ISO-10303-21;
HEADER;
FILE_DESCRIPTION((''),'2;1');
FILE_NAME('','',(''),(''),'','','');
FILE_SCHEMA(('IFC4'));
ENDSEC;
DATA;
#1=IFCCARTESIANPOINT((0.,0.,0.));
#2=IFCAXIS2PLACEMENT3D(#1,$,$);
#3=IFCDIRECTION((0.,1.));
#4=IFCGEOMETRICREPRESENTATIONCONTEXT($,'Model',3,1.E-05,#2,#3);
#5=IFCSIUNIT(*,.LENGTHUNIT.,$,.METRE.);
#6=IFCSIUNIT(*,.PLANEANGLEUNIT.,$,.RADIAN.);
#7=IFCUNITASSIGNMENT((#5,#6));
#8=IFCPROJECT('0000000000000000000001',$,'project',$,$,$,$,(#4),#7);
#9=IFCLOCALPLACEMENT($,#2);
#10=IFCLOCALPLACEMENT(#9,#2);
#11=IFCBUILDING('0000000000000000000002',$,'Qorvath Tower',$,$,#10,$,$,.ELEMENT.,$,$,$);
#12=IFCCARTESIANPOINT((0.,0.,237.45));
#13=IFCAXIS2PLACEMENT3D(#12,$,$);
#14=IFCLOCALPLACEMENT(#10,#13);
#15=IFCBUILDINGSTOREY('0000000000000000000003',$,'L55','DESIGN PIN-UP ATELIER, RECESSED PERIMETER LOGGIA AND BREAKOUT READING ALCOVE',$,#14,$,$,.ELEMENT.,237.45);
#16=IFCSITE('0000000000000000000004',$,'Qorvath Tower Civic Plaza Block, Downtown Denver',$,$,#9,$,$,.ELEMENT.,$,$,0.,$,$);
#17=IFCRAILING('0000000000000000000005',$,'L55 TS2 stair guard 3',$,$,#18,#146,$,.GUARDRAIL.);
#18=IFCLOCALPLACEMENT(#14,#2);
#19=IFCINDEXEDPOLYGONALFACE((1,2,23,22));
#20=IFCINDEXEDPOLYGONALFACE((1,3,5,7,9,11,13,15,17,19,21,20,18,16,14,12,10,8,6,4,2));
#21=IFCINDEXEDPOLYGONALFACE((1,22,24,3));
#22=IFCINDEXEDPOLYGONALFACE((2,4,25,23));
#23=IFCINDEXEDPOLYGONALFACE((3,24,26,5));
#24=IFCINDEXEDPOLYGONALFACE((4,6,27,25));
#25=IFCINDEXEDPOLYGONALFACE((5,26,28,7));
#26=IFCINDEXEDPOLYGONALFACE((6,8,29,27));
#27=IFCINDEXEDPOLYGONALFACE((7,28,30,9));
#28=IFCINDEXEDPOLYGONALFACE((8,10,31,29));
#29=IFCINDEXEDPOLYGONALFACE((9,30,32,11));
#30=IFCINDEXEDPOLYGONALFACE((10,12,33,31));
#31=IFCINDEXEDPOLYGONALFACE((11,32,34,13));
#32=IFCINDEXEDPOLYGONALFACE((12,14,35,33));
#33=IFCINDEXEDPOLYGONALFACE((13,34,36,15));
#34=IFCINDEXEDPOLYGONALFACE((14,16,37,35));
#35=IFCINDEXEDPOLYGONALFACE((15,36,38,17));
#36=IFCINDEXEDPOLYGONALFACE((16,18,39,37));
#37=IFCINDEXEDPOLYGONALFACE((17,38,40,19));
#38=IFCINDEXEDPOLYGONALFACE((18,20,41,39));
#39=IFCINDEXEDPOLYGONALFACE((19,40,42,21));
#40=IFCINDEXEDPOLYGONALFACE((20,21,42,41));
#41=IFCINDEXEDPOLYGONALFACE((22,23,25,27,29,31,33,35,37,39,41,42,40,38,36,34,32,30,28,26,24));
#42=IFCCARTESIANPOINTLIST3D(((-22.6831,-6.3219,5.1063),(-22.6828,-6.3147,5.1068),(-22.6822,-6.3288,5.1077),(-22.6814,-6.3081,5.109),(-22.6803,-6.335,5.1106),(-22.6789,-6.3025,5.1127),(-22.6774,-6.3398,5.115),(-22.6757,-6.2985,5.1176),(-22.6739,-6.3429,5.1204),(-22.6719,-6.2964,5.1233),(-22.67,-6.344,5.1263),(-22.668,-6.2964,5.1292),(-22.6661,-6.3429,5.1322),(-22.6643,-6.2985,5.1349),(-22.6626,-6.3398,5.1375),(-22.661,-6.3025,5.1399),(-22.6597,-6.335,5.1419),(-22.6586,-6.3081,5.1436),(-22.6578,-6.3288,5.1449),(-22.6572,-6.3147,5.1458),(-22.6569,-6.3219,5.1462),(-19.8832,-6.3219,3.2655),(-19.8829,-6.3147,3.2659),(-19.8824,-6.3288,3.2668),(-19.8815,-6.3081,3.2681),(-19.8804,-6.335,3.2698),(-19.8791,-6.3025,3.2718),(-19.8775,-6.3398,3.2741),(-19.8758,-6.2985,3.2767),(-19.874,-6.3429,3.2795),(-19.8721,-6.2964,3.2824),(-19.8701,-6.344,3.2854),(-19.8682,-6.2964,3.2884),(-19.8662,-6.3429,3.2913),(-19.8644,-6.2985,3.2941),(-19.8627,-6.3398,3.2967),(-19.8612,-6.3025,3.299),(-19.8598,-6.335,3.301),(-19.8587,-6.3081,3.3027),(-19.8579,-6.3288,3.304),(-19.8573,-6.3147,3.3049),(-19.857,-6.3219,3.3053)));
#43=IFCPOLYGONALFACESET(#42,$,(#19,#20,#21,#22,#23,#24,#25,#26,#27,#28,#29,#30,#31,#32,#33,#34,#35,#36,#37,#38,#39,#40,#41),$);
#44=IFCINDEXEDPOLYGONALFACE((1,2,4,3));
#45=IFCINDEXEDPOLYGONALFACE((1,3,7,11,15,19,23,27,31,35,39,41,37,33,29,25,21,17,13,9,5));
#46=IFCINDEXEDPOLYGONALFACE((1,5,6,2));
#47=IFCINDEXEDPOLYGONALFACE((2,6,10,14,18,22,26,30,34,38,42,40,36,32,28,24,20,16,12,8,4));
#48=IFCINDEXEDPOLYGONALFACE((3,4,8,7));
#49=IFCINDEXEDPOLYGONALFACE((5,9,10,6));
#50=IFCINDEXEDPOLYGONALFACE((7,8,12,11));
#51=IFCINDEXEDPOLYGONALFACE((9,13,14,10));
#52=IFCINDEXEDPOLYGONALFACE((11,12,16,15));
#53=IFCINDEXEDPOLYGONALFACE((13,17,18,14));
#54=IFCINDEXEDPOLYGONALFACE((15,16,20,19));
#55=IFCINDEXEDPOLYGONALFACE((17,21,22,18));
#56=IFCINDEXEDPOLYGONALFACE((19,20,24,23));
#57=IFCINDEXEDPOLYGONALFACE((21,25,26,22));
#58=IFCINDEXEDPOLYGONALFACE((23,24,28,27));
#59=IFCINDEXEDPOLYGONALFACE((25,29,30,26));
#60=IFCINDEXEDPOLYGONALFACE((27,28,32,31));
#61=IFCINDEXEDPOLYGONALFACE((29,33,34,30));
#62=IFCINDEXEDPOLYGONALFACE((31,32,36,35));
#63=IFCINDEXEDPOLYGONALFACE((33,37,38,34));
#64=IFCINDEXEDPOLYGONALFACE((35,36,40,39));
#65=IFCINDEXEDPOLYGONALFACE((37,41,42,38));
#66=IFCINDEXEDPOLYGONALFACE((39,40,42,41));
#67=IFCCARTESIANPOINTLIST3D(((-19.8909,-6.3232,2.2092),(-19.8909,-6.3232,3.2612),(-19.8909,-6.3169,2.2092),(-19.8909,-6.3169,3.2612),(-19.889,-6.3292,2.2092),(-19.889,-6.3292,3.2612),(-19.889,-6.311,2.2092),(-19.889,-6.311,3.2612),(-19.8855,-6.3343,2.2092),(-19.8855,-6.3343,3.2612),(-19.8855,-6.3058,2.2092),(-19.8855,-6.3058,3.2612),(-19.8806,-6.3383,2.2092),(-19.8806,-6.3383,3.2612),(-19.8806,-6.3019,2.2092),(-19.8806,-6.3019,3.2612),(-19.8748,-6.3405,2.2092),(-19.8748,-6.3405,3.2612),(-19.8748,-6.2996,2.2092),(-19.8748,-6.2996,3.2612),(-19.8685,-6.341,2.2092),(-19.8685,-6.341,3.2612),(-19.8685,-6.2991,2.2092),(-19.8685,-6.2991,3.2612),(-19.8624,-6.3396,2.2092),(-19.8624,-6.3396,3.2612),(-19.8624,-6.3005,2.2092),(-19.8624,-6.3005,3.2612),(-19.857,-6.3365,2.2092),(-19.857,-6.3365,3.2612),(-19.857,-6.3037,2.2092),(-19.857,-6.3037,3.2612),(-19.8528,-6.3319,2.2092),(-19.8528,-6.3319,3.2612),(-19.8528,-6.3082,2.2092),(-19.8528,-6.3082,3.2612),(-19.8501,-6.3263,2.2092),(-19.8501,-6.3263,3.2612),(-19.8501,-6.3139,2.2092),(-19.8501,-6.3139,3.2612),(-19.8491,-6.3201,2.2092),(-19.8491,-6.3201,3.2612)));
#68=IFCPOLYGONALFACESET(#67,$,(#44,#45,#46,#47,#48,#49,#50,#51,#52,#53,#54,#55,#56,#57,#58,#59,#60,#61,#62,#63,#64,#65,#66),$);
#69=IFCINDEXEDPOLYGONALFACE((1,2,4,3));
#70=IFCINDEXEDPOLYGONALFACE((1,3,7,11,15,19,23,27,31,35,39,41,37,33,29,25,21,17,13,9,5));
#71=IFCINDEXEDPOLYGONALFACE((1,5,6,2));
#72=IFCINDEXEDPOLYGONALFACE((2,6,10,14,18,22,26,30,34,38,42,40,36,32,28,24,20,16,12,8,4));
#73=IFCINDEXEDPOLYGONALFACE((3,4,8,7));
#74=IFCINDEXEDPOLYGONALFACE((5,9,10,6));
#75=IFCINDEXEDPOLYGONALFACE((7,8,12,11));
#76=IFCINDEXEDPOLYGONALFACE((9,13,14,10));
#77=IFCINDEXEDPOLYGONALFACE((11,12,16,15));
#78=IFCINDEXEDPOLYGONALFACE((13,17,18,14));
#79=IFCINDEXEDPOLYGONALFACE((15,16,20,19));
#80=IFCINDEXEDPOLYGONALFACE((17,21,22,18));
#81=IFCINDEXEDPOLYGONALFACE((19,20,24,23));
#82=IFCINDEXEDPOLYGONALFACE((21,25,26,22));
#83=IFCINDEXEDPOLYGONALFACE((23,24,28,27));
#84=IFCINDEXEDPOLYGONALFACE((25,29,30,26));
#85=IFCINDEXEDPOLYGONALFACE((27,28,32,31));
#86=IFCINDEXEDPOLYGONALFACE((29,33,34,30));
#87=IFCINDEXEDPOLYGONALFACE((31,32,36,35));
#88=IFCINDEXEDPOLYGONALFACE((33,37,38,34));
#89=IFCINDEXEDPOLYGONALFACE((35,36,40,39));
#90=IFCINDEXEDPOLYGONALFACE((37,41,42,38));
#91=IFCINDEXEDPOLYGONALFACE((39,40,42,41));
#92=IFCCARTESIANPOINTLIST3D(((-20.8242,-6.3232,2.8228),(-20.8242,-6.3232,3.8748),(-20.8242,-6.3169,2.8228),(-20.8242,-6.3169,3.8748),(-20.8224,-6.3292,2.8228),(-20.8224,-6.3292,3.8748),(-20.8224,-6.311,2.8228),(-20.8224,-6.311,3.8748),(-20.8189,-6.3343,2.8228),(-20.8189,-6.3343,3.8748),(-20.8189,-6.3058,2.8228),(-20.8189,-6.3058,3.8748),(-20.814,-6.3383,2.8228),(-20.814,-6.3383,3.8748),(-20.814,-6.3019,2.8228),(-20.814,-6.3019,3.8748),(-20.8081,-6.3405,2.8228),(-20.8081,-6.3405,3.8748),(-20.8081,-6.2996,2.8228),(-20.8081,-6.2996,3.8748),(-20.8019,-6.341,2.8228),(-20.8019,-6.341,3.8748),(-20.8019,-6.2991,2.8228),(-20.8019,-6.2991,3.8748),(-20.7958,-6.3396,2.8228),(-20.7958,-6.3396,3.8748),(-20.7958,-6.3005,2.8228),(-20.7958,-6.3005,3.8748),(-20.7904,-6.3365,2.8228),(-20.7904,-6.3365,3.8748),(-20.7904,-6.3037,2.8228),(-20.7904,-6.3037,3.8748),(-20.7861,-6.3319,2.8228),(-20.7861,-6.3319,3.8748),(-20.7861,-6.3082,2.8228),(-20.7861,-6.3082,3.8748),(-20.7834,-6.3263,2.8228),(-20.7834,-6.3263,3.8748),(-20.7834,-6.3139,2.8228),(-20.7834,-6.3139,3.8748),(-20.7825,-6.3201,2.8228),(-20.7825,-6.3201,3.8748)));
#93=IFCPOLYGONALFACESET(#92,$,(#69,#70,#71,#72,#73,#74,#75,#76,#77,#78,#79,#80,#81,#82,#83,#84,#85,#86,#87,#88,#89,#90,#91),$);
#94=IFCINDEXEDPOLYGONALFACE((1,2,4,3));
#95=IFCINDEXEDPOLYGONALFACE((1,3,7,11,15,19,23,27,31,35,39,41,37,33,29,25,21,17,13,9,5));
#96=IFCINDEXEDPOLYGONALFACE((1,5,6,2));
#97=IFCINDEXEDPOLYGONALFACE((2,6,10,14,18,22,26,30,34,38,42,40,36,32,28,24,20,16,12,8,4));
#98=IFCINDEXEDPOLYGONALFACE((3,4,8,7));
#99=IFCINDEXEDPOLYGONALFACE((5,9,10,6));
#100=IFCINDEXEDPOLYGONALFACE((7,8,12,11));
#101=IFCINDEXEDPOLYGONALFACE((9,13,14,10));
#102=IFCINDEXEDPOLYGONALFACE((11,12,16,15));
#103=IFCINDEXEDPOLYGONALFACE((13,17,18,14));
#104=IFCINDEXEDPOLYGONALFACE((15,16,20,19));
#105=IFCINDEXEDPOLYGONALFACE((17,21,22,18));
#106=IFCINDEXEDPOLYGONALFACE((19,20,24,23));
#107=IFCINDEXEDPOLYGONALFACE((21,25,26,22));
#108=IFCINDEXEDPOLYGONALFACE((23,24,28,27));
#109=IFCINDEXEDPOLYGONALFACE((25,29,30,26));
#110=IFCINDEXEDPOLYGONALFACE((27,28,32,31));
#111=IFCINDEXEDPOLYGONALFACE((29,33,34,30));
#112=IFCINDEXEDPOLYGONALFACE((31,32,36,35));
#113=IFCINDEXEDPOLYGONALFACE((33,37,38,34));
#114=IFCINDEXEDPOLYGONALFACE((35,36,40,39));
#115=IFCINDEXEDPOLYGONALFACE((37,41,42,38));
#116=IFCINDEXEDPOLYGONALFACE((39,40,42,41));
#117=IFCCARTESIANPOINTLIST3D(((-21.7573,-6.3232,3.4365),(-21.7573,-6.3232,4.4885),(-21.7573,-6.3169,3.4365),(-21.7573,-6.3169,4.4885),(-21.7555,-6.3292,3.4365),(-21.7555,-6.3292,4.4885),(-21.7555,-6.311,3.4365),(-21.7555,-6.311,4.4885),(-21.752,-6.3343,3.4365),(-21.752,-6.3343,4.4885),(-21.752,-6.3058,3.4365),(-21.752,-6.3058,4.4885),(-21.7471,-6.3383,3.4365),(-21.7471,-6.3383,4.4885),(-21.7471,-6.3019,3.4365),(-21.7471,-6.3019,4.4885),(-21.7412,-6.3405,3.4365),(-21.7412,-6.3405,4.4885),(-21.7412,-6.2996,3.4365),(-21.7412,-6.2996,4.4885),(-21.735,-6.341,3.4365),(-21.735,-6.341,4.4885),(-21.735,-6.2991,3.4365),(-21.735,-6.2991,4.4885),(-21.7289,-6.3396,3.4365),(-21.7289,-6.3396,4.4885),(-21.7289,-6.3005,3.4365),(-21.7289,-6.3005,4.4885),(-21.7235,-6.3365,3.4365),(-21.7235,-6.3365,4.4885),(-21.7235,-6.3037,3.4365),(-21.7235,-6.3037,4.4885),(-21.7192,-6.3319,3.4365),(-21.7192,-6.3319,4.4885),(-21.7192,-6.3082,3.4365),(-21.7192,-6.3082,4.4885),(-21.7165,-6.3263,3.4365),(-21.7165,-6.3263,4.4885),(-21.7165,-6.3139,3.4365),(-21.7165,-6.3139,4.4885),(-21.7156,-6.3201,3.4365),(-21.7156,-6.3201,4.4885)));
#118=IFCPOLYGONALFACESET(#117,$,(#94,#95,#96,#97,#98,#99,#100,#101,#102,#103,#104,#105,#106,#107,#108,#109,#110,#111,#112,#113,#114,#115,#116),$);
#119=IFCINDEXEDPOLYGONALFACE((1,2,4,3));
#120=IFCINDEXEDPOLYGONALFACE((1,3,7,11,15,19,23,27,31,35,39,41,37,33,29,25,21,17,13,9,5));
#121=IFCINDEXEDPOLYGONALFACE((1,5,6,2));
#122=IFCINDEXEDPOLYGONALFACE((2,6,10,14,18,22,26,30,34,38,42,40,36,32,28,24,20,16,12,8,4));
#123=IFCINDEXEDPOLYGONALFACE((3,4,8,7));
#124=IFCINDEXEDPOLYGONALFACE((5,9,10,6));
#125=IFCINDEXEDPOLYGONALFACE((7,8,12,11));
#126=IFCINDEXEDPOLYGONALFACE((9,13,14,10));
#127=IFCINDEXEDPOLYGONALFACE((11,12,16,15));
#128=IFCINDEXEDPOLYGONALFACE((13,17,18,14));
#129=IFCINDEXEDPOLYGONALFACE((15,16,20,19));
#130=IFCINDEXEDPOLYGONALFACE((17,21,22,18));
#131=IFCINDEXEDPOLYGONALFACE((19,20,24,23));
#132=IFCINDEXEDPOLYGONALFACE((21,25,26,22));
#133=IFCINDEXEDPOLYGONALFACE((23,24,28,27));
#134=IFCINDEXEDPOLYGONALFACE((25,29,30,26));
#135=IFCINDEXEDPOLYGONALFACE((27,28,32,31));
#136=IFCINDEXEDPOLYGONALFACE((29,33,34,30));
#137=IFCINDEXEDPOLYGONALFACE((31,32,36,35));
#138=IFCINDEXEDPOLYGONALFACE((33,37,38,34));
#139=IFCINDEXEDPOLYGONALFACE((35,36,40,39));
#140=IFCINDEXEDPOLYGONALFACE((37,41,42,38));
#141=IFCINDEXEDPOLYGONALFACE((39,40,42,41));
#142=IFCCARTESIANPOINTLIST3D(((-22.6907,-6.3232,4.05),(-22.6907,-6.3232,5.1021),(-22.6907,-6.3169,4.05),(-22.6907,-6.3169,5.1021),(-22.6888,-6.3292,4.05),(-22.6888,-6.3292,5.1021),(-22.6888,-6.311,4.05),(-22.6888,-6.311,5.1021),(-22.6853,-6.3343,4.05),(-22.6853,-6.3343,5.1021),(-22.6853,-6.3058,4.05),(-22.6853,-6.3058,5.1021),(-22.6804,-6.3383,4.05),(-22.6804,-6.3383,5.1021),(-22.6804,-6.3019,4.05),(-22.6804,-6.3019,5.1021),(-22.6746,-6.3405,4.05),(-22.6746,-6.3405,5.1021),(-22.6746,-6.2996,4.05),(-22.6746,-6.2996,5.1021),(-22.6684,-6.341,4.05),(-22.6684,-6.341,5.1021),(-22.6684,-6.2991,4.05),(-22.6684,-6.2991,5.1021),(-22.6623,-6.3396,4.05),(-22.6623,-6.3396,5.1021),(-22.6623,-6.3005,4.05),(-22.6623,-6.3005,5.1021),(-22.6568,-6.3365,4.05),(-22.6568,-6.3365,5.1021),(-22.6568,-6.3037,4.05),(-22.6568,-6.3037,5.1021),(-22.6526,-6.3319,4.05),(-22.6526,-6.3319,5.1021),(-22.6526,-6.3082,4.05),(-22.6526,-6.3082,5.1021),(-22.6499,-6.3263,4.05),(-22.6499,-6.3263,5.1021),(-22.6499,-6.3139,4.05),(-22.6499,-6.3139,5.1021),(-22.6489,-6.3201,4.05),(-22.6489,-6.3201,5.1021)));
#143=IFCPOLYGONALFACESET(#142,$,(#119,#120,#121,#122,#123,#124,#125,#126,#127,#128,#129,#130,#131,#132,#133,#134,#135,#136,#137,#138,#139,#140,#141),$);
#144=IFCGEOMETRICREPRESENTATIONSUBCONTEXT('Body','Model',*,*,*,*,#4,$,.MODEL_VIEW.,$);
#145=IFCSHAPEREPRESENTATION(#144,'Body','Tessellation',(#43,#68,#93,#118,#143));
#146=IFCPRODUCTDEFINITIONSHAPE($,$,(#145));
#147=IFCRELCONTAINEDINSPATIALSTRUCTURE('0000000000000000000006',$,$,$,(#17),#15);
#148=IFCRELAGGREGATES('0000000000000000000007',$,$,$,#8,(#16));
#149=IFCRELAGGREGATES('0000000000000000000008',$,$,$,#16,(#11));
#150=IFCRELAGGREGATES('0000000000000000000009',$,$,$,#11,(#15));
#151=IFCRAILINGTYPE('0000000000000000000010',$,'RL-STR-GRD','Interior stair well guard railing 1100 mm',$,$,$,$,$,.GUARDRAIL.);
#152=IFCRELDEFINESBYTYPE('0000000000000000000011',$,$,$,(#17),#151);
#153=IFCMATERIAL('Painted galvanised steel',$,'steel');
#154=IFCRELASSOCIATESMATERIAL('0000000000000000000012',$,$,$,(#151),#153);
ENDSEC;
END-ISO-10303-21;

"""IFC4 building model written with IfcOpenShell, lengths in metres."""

from ifc_helpers import new_model, si_unit, direction, frame, origin, origin_2d, place, context, subcontext, project, spatial, circle, extrude, material, type_object, element, save


model = new_model("IFC4")

# Units and contexts
model_context = context("Model", 3, precision=1e-05, world=origin(), true_north=direction((0.0, 1.0)))
body_context = subcontext(model_context, "Body", "Model", "MODEL_VIEW")
ifc_project = project(units=[si_unit("LENGTHUNIT", "METRE"), si_unit("PLANEANGLEUNIT", "RADIAN")], contexts=[model_context])

# Site, building, storey
site_placement = place(None, origin())
site = spatial("IfcSite", under=ifc_project, at=site_placement, Name="Qorvath Tower Civic Plaza Block, Downtown Denver", CompositionType="ELEMENT", RefElevation=0.0)
building_placement = place(site_placement, origin())
building = spatial("IfcBuilding", under=site, at=building_placement, Name="Qorvath Tower", CompositionType="ELEMENT")
storey_placement = place(building_placement, frame((0.0, 0.0, 237.45)))
storey = spatial("IfcBuildingStorey", under=building, at=storey_placement, Name="L55", Description="DESIGN PIN-UP ATELIER, RECESSED PERIMETER LOGGIA AND BREAKOUT READING ALCOVE", CompositionType="ELEMENT", Elevation=237.45)

# Railing
ifc_material_1 = material(Name="Painted galvanised steel", Category="steel")
railing_type_1 = type_object("IfcRailingType", Name="RL-STR-GRD", Description="Interior stair well guard railing 1100 mm", PredefinedType="GUARDRAIL", material=ifc_material_1)
railing_1_placement = place(storey_placement, frame((-19.8701, -6.3201, 2.2092)))
element("IfcRailing", 1, at=railing_1_placement, inside=storey, type_object=railing_type_1, Name="L55 TS2 stair guard 3", PredefinedType="GUARDRAIL", context=body_context, shape_type="SweptSolid", body=[
    extrude(circle(Radius=0.0239, at=origin_2d()), frame((0.0, 0.0, 1.0762), z_axis=(-0.835576, 0.0, 0.549376), x_axis=(0.0, -1.0, 0.0)), (0.0, 0.0, 1.0), 3.3508),
    extrude(circle(Radius=0.021, at=origin_2d()), origin(), (0.0, 0.0, 1.0), 1.052),
    extrude(circle(Radius=0.021, at=origin_2d()), frame((-0.9333, 0.0, 0.6135)), (0.0, 0.0, 1.0), 1.052),
    extrude(circle(Radius=0.021, at=origin_2d()), frame((-1.8665, 0.0, 1.2273)), (0.0, 0.0, 1.0), 1.052),
    extrude(circle(Radius=0.021, at=origin_2d()), frame((-2.7998, 0.0, 1.8408)), (0.0, 0.0, 1.0), 1.052),
])

save(model, "model.ifc")
